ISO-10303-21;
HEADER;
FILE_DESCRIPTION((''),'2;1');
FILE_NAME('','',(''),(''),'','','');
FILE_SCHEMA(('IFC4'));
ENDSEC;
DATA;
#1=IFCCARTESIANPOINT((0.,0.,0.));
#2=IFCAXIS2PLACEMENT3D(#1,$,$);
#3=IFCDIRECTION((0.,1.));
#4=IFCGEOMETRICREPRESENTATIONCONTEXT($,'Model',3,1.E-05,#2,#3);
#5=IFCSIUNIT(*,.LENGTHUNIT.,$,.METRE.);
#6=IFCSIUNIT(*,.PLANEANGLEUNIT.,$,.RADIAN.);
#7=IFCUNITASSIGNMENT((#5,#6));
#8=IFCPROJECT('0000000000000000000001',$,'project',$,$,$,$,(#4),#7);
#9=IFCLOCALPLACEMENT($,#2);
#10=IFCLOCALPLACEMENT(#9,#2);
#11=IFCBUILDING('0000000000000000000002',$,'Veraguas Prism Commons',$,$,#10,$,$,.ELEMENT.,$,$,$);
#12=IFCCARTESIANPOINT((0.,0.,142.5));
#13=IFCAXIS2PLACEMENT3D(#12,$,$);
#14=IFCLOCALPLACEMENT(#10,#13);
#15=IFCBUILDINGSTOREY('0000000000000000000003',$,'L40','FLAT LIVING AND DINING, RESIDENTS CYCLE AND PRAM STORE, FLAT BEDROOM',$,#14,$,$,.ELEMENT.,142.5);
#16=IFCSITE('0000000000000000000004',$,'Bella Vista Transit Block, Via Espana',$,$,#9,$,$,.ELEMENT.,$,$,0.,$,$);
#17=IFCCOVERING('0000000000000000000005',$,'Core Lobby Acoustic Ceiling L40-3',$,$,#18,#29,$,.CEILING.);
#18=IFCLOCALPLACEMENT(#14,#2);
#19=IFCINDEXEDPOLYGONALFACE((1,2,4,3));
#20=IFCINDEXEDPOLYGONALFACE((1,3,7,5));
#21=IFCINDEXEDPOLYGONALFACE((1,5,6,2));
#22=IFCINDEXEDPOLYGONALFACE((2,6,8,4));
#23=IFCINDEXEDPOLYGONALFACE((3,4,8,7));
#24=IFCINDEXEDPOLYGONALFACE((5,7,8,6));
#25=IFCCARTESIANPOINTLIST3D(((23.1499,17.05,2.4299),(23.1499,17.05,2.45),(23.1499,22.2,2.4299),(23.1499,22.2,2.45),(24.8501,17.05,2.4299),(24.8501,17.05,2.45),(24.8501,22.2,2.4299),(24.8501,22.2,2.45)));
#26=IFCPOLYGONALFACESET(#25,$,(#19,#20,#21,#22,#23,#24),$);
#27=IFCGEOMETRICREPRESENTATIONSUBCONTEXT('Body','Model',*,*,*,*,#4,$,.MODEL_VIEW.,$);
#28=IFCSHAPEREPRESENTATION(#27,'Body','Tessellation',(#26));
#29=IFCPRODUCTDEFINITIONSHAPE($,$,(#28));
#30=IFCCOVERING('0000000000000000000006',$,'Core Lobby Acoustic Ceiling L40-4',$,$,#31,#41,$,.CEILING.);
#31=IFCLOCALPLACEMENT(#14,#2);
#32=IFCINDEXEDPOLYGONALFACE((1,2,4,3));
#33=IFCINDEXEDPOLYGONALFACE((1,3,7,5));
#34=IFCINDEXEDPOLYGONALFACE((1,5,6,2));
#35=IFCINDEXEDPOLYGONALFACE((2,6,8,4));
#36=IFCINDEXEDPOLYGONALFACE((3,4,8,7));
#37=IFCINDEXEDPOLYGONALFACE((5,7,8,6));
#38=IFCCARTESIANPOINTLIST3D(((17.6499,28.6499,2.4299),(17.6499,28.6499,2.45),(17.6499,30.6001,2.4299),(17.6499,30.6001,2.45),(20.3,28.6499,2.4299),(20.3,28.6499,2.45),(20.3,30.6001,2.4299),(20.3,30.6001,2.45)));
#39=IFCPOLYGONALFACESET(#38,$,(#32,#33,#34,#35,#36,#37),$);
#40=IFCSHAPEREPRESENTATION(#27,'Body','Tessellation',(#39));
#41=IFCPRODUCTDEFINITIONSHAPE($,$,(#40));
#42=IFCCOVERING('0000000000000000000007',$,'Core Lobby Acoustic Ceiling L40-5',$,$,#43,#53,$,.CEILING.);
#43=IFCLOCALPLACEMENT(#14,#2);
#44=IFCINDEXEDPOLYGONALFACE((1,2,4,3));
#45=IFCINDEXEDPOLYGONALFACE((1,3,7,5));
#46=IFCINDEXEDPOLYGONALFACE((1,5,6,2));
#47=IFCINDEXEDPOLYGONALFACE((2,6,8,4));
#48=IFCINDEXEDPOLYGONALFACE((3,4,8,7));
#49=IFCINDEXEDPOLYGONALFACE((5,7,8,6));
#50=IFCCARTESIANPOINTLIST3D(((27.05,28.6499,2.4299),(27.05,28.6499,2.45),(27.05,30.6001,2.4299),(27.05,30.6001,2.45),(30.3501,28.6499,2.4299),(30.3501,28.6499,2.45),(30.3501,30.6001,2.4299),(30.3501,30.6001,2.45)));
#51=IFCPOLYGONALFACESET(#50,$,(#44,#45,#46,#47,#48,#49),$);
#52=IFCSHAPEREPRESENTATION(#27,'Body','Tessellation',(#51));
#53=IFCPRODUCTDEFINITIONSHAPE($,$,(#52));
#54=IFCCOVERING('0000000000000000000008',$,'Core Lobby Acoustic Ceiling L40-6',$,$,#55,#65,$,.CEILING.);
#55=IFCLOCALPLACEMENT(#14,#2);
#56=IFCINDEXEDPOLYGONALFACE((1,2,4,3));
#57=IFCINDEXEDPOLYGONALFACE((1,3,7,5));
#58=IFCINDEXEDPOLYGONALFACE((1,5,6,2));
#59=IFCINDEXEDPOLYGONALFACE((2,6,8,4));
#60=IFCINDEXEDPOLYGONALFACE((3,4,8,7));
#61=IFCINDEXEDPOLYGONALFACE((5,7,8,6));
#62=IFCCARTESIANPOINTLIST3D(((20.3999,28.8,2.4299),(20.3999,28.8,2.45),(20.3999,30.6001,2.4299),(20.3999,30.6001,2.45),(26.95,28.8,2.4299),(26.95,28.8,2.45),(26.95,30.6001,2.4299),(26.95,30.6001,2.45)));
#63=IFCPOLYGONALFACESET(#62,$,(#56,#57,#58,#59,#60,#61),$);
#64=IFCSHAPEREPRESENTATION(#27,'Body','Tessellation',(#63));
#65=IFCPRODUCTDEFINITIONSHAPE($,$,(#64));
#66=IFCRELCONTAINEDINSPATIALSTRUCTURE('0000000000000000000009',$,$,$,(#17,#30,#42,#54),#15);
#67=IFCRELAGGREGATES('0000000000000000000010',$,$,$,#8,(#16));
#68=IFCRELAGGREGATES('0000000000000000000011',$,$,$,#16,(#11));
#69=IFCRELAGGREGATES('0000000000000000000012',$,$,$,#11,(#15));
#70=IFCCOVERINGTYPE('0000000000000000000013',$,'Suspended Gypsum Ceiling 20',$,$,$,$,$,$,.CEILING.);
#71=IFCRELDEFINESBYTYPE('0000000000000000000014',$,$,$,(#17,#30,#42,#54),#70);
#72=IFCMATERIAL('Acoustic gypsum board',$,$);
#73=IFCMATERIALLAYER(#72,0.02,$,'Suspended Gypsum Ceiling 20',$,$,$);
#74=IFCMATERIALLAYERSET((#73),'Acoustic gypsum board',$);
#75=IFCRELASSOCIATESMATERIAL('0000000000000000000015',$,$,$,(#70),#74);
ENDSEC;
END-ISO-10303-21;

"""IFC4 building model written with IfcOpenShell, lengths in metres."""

from ifc_helpers import new_model, si_unit, direction, frame, origin, place, context, subcontext, project, spatial, polyline, outline, extrude, material, layer, layer_set, type_object, element, save


model = new_model("IFC4")

# Units and contexts
model_context = context("Model", 3, precision=1e-05, world=origin(), true_north=direction((0.0, 1.0)))
body_context = subcontext(model_context, "Body", "Model", "MODEL_VIEW")
ifc_project = project(units=[si_unit("LENGTHUNIT", "METRE"), si_unit("PLANEANGLEUNIT", "RADIAN")], contexts=[model_context])

# Site, building, storey
site_placement = place(None, origin())
site = spatial("IfcSite", under=ifc_project, at=site_placement, Name="Bella Vista Transit Block, Via Espana", CompositionType="ELEMENT", RefElevation=0.0)
building_placement = place(site_placement, origin())
building = spatial("IfcBuilding", under=site, at=building_placement, Name="Veraguas Prism Commons", CompositionType="ELEMENT")
storey_placement = place(building_placement, frame((0.0, 0.0, 142.5)))
storey = spatial("IfcBuildingStorey", under=building, at=storey_placement, Name="L40", Description="FLAT LIVING AND DINING, RESIDENTS CYCLE AND PRAM STORE, FLAT BEDROOM", CompositionType="ELEMENT", Elevation=142.5)

# Coverings
ifc_material_1 = material(Name="Acoustic gypsum board")
ifc_layer_1 = layer(ifc_material_1, 0.02, Name="Suspended Gypsum Ceiling 20")
ifc_layer_set_1 = layer_set([ifc_layer_1], Name="Acoustic gypsum board")
covering_type_1 = type_object("IfcCoveringType", Name="Suspended Gypsum Ceiling 20", PredefinedType="CEILING", material=ifc_layer_set_1)
covering_1_placement = place(storey_placement, frame((0.0, 0.0, 2.4299)))
element("IfcCovering", 1, at=covering_1_placement, inside=storey, type_object=covering_type_1, Name="Core Lobby Acoustic Ceiling L40-3", PredefinedType="CEILING", context=body_context, shape_type="SweptSolid", body=[
    extrude(outline(polyline([(23.1499, 17.05), (24.8501, 17.05), (24.8501, 22.2), (23.1499, 22.2), (23.1499, 17.05)])), origin(), (0.0, 0.0, 1.0), 0.02),
])
covering_2_placement = place(storey_placement, frame((0.0, 0.0, 2.4299)))
element("IfcCovering", 2, at=covering_2_placement, inside=storey, type_object=covering_type_1, Name="Core Lobby Acoustic Ceiling L40-4", PredefinedType="CEILING", context=body_context, shape_type="SweptSolid", body=[
    extrude(outline(polyline([(17.6499, 28.6499), (20.3, 28.6499), (20.3, 30.6001), (17.6499, 30.6001), (17.6499, 28.6499)])), origin(), (0.0, 0.0, 1.0), 0.02),
])
covering_3_placement = place(storey_placement, frame((0.0, 0.0, 2.4299)))
element("IfcCovering", 3, at=covering_3_placement, inside=storey, type_object=covering_type_1, Name="Core Lobby Acoustic Ceiling L40-5", PredefinedType="CEILING", context=body_context, shape_type="SweptSolid", body=[
    extrude(outline(polyline([(27.05, 28.6499), (30.3501, 28.6499), (30.3501, 30.6001), (27.05, 30.6001), (27.05, 28.6499)])), origin(), (0.0, 0.0, 1.0), 0.02),
])
covering_4_placement = place(storey_placement, frame((0.0, 0.0, 2.4299)))
element("IfcCovering", 4, at=covering_4_placement, inside=storey, type_object=covering_type_1, Name="Core Lobby Acoustic Ceiling L40-6", PredefinedType="CEILING", context=body_context, shape_type="SweptSolid", body=[
    extrude(outline(polyline([(20.3999, 28.8), (26.95, 28.8), (26.95, 30.6001), (20.3999, 30.6001), (20.3999, 28.8)])), origin(), (0.0, 0.0, 1.0), 0.02),
])

save(model, "model.ifc")
